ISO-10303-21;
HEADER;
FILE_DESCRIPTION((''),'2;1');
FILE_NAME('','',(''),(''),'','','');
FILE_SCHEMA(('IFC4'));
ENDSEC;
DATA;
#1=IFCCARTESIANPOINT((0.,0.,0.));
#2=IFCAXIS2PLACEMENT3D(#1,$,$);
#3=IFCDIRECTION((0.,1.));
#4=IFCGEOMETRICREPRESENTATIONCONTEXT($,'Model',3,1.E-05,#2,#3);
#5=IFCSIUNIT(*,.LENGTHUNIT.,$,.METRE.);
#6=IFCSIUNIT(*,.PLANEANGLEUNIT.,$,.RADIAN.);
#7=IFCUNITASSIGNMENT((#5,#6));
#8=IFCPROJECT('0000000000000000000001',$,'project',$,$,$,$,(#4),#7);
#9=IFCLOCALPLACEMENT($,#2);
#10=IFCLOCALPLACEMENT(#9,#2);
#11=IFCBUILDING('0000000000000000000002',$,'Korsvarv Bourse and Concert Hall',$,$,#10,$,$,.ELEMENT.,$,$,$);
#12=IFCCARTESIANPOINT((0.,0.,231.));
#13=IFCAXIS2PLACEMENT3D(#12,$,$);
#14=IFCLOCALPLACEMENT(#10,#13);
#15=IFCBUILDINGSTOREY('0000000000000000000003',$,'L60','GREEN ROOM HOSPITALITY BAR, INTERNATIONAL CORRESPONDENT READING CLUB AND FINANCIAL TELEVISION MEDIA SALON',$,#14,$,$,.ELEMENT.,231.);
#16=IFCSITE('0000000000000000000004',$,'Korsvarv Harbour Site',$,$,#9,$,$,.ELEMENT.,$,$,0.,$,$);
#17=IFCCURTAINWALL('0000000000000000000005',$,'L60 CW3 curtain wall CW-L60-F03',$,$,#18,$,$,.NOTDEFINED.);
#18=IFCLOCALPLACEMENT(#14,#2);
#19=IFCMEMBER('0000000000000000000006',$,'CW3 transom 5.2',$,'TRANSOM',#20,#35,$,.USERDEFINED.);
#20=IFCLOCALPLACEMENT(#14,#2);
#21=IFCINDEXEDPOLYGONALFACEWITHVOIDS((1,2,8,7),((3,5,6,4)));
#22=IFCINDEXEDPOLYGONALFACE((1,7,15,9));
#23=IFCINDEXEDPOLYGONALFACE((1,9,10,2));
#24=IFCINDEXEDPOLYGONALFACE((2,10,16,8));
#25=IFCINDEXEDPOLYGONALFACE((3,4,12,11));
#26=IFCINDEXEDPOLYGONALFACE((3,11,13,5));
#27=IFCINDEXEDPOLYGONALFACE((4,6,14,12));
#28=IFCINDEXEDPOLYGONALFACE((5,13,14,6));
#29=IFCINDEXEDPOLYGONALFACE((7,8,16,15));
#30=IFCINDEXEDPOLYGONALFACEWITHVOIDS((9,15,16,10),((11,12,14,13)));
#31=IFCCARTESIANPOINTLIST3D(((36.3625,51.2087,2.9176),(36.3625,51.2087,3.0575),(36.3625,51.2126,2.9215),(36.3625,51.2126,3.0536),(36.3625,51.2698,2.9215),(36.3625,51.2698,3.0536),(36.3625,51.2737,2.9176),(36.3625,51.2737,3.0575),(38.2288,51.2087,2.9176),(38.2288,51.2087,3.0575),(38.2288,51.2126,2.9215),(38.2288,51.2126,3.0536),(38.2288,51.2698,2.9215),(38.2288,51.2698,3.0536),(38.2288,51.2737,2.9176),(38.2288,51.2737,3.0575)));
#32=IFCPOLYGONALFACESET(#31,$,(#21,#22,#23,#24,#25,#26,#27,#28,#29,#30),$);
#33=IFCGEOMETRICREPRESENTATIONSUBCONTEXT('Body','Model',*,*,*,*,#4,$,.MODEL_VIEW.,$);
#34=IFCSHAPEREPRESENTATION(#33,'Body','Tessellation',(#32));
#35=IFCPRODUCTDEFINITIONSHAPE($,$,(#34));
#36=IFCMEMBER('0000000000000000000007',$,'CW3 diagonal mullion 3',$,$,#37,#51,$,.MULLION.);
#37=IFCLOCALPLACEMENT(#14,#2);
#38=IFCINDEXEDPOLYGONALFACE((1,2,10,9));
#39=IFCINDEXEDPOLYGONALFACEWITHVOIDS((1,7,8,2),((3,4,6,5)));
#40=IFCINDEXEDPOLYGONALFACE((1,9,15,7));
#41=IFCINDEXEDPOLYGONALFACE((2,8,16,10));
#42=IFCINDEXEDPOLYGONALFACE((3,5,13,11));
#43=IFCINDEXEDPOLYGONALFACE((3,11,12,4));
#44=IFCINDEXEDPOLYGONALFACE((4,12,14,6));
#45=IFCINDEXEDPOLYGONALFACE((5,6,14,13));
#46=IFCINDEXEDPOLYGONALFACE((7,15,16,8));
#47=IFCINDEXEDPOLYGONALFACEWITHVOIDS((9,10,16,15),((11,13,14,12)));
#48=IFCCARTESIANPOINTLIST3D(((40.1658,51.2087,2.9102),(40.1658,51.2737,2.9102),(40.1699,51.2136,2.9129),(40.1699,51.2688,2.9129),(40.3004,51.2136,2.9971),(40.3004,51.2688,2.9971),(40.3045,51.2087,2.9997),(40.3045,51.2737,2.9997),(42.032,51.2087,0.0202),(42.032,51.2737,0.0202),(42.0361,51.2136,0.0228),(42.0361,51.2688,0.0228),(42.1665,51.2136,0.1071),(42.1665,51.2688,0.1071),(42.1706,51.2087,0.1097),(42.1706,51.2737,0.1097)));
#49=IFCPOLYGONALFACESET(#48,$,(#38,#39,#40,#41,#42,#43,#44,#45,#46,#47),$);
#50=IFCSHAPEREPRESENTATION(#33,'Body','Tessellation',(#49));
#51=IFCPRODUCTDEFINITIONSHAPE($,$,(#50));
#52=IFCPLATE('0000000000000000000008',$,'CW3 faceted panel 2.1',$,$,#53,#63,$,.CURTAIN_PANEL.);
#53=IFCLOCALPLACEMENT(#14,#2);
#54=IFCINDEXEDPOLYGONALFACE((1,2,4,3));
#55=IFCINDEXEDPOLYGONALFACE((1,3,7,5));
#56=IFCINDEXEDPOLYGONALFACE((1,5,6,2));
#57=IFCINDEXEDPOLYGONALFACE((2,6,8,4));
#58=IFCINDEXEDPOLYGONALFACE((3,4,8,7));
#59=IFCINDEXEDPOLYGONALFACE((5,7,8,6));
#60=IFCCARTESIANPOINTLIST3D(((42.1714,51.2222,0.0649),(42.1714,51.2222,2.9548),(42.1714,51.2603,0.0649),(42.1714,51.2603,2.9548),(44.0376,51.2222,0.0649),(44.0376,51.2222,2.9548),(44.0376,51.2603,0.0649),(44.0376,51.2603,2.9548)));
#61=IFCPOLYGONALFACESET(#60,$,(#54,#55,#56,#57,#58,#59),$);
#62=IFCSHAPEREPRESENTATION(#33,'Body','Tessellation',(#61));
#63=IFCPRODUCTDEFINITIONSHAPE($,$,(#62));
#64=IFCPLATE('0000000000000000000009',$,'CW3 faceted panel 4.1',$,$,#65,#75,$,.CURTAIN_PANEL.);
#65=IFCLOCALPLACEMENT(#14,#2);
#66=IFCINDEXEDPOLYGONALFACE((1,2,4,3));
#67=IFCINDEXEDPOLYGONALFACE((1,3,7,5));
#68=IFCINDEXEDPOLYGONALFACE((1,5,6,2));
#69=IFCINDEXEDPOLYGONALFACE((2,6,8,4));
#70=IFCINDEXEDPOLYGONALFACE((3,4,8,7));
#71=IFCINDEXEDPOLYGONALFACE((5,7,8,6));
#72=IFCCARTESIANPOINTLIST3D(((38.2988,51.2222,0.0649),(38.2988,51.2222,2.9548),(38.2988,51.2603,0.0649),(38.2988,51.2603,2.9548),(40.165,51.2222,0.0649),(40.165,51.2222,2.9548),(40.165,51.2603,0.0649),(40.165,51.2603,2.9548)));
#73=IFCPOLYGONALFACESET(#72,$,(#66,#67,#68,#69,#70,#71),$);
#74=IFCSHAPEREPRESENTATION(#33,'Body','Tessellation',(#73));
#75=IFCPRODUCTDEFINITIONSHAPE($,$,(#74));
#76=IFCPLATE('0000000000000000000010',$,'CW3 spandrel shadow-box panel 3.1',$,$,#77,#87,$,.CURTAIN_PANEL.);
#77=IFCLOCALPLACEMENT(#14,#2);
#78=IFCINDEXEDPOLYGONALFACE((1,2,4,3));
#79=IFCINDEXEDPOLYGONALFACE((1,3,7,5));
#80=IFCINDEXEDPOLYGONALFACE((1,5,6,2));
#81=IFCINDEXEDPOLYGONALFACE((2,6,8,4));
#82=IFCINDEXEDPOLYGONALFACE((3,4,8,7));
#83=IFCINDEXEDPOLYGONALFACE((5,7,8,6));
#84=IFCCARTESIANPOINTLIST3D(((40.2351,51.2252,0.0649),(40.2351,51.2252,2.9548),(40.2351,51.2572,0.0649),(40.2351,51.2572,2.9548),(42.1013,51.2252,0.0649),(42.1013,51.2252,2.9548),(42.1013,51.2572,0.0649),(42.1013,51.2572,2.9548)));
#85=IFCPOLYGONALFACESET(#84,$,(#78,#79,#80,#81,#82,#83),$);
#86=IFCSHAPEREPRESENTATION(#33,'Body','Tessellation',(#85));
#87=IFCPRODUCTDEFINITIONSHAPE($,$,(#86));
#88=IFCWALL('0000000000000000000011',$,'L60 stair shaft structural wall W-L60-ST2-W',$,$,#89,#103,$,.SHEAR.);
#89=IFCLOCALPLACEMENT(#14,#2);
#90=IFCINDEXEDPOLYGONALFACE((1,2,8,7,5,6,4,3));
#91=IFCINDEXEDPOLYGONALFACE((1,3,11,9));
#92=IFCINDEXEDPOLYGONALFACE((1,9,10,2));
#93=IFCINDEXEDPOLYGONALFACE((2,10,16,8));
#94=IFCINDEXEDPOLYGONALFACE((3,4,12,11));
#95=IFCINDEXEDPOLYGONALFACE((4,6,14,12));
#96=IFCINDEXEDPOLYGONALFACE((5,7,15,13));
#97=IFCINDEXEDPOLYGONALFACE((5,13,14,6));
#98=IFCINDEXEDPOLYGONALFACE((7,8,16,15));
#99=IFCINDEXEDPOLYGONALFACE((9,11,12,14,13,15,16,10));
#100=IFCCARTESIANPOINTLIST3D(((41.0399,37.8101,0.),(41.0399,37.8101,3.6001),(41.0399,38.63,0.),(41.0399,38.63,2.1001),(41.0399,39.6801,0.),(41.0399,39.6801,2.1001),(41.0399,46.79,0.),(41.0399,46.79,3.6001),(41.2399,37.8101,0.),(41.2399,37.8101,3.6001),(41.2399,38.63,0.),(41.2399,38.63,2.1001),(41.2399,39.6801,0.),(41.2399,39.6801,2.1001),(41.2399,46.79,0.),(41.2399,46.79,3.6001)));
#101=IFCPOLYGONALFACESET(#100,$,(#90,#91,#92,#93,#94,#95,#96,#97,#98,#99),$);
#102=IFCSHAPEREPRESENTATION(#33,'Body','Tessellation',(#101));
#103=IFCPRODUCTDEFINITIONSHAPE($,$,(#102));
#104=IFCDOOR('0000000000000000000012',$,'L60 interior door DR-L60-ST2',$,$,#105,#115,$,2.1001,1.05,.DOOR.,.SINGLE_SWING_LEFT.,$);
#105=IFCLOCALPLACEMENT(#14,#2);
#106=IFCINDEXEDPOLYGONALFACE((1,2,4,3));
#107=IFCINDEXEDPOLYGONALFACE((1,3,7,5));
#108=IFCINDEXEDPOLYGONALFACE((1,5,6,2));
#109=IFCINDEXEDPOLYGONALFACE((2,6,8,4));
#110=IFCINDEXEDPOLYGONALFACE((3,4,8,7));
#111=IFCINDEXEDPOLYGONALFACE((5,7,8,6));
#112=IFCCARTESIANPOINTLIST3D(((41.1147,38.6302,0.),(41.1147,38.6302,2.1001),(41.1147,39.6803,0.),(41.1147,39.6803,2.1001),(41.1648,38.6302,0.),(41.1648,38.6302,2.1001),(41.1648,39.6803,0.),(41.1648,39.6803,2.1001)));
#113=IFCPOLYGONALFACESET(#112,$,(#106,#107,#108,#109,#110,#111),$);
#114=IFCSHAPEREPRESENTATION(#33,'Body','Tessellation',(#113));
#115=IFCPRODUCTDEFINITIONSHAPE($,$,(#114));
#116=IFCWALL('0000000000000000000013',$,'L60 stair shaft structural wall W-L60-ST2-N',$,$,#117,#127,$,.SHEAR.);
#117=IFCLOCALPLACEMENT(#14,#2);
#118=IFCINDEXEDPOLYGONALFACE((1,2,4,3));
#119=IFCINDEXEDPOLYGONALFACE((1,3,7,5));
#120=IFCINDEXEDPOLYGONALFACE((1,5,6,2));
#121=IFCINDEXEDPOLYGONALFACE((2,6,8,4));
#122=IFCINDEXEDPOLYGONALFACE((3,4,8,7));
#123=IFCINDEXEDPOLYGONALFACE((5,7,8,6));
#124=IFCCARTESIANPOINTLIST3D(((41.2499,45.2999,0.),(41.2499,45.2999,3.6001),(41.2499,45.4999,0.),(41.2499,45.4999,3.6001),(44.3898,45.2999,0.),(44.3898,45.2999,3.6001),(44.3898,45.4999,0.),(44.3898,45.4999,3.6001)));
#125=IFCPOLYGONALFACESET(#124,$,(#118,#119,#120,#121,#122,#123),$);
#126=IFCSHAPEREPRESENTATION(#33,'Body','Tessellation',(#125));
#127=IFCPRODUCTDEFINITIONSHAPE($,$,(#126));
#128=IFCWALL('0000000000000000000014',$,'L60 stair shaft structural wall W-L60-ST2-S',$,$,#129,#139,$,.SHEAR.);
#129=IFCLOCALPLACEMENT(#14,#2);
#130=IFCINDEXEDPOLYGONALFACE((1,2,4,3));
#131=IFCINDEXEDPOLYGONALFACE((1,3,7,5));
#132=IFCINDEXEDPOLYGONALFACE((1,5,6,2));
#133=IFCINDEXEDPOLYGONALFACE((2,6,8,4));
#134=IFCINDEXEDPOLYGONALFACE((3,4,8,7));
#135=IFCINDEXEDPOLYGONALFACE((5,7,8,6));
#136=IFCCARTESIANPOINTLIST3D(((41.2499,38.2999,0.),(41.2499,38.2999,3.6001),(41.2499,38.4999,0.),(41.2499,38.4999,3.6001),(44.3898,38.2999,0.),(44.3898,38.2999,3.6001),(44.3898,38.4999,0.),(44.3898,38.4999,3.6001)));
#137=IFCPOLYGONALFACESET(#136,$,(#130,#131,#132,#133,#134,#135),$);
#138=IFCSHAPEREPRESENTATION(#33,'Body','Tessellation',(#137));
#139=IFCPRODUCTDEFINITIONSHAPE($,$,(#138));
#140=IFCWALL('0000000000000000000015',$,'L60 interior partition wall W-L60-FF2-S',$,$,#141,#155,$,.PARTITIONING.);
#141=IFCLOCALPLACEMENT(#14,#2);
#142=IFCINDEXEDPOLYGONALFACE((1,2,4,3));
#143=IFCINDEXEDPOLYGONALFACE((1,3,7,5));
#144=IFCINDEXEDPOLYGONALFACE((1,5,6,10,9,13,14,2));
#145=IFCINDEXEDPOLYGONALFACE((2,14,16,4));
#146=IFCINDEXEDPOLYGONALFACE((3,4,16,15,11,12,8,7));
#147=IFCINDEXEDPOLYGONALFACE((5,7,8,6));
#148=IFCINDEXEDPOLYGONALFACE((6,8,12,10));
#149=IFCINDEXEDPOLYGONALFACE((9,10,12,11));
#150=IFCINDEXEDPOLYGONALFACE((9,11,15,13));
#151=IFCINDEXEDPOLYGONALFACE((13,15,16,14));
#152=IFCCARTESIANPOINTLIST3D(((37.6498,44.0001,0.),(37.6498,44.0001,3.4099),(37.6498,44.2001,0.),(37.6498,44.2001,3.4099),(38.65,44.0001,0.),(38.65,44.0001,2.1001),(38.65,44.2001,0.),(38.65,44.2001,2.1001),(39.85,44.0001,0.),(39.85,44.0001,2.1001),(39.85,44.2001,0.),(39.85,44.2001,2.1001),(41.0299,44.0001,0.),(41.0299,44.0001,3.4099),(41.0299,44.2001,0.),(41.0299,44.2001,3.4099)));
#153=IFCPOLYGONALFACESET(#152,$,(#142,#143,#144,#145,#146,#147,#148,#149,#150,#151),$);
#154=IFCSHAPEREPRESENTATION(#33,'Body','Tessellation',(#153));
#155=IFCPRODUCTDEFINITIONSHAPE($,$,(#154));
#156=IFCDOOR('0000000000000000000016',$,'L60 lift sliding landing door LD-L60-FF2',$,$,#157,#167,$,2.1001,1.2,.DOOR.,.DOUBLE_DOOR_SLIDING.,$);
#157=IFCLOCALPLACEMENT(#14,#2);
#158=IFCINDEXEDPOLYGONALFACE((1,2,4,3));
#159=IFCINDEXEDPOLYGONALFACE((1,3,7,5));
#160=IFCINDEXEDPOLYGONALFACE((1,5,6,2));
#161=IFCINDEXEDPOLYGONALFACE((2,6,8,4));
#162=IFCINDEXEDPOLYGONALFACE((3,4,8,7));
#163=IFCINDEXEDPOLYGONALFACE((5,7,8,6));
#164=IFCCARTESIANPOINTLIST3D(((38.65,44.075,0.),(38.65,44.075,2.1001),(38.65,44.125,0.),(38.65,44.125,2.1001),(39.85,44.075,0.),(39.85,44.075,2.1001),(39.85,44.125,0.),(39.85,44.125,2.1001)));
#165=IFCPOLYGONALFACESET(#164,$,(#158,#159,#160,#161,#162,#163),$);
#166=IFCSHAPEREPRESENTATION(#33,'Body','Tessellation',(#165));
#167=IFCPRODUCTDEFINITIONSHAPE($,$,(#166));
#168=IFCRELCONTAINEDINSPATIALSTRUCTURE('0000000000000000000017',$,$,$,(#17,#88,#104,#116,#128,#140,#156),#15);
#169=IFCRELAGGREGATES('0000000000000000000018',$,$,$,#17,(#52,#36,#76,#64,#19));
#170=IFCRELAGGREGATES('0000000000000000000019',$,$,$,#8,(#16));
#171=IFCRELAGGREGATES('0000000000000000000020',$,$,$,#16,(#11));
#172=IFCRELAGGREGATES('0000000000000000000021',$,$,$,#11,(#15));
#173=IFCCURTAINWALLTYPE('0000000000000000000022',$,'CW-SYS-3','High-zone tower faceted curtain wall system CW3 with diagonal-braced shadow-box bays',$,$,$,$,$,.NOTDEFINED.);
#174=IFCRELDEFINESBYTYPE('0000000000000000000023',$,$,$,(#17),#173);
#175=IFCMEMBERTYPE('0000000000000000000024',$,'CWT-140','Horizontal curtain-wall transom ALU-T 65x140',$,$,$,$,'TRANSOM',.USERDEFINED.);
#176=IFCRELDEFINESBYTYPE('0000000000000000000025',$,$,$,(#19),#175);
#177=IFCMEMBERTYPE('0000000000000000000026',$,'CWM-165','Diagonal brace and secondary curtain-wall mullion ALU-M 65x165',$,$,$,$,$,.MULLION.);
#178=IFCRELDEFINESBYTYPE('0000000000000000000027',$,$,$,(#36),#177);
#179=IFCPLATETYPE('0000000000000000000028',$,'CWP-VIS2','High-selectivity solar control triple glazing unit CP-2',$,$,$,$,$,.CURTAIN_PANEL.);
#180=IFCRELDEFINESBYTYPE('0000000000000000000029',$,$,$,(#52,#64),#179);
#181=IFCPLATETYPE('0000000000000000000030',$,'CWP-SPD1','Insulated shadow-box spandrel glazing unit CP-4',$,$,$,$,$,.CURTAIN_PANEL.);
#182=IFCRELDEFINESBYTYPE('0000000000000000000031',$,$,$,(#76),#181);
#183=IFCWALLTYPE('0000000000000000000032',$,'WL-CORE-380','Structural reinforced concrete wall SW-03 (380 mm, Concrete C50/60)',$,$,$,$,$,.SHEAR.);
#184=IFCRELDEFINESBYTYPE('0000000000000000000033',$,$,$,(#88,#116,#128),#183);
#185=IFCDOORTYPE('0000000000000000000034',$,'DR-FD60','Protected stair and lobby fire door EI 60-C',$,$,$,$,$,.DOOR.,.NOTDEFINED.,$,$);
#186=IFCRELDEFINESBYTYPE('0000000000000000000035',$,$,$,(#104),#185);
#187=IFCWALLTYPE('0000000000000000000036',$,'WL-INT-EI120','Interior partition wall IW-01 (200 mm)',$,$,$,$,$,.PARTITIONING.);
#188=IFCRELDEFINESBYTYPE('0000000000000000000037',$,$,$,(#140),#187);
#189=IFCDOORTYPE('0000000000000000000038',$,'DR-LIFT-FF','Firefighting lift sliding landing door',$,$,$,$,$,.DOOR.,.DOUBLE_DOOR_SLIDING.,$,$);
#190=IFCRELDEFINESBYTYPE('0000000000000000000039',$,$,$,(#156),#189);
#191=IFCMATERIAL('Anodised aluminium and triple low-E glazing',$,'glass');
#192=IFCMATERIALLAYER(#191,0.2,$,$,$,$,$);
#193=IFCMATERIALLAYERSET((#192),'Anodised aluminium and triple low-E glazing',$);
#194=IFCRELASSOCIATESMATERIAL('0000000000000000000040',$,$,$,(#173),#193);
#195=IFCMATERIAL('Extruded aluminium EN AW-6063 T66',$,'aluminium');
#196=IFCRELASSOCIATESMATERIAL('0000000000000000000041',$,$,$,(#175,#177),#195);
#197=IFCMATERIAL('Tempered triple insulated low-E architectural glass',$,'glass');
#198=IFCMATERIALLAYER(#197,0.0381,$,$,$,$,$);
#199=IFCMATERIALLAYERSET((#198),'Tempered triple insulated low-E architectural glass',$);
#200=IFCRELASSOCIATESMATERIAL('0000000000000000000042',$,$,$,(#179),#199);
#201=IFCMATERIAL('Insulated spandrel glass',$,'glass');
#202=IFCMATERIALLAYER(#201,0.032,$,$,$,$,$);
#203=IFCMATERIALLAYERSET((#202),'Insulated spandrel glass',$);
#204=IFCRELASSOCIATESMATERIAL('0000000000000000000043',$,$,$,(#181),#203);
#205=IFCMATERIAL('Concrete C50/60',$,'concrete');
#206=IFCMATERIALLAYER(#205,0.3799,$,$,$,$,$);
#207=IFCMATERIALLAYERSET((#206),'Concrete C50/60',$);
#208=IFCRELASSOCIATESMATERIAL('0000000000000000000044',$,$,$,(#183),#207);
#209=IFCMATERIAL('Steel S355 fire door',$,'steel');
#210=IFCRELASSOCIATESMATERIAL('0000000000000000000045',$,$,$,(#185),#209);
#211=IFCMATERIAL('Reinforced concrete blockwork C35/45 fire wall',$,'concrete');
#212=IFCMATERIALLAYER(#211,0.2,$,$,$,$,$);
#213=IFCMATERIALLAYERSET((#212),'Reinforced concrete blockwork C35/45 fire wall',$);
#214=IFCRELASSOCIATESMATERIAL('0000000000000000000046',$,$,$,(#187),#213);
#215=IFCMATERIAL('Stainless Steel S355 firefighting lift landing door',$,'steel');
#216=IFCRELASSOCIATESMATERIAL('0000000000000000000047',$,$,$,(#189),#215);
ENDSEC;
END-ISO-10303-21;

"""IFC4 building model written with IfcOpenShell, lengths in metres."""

from ifc_helpers import new_model, si_unit, direction, frame, frame_2d, origin, origin_2d, place, context, subcontext, project, spatial, rectangle, hollow_rectangle, extrude, source, transform, mapped, material, layer, layer_set, material_profile, profile_set, type_object, element, fill, aggregate, save


model = new_model("IFC4")

# Units and contexts
model_context = context("Model", 3, precision=1e-05, world=origin(), true_north=direction((0.0, 1.0)))
body_context = subcontext(model_context, "Body", "Model", "MODEL_VIEW")
ifc_project = project(units=[si_unit("LENGTHUNIT", "METRE"), si_unit("PLANEANGLEUNIT", "RADIAN")], contexts=[model_context])

# Site, building, storey
site_placement = place(None, origin())
site = spatial("IfcSite", under=ifc_project, at=site_placement, Name="Korsvarv Harbour Site", CompositionType="ELEMENT", RefElevation=0.0)
building_placement = place(site_placement, origin())
building = spatial("IfcBuilding", under=site, at=building_placement, Name="Korsvarv Bourse and Concert Hall", CompositionType="ELEMENT")
storey_placement = place(building_placement, frame((0.0, 0.0, 231.0)))
storey = spatial("IfcBuildingStorey", under=building, at=storey_placement, Name="L60", Description="GREEN ROOM HOSPITALITY BAR, INTERNATIONAL CORRESPONDENT READING CLUB AND FINANCIAL TELEVISION MEDIA SALON", CompositionType="ELEMENT", Elevation=231.0)

# Curtain wall, members, plates
ifc_material_1 = material(Name="Anodised aluminium and triple low-E glazing", Category="glass")
ifc_layer_1 = layer(ifc_material_1, 0.2)
ifc_layer_set_1 = layer_set([ifc_layer_1], Name="Anodised aluminium and triple low-E glazing")
curtain_wall_type = type_object("IfcCurtainWallType", Name="CW-SYS-3", Description="High-zone tower faceted curtain wall system CW3 with diagonal-braced shadow-box bays", PredefinedType="NOTDEFINED", material=ifc_layer_set_1)
curtain_wall_placement = place(storey_placement, origin())
curtain_wall = element("IfcCurtainWall", 1, at=curtain_wall_placement, inside=storey, type_object=curtain_wall_type, Name="L60 CW3 curtain wall CW-L60-F03", PredefinedType="NOTDEFINED")
ifc_material_2 = material(Name="Extruded aluminium EN AW-6063 T66", Category="aluminium")
ifc_material_profile_1 = material_profile(ifc_material_2, hollow_rectangle(XDim=0.0649, YDim=0.1399, WallThickness=0.0039, at=origin_2d()), Name="ALU-T 65x140")
ifc_profile_set_1 = profile_set([ifc_material_profile_1], Name="Extruded aluminium EN AW-6063 T66")
member_type_1 = type_object("IfcMemberType", Name="CWT-140", Description="Horizontal curtain-wall transom ALU-T 65x140", ElementType="TRANSOM", PredefinedType="USERDEFINED", material=ifc_profile_set_1)
shared_shape_1 = source(origin(), body_context, "Body", "SweptSolid", [
    extrude(hollow_rectangle(XDim=0.0649, YDim=0.1399, WallThickness=0.0039, at=origin_2d()), origin(), (0.0, 0.0, 1.0), 1.8662),
])
member_1_placement = place(storey_placement, frame((38.2288, 51.2412, 2.9875), z_axis=(-1.0, 0.0, 0.0), x_axis=(0.0, -1.0, 0.0)))
member_1 = element("IfcMember", 2, at=member_1_placement, type_object=member_type_1, Name="CW3 transom 5.2", ObjectType="TRANSOM", PredefinedType="USERDEFINED", context=body_context, shape_type="MappedRepresentation", body=[
    mapped(shared_shape_1, transform((0.0, 0.0, 0.0), scale=1.0)),
])
ifc_material_profile_2 = material_profile(ifc_material_2, hollow_rectangle(XDim=0.0649, YDim=0.165, WallThickness=0.0049, at=origin_2d()), Name="ALU-M 65x165")
ifc_profile_set_2 = profile_set([ifc_material_profile_2], Name="Extruded aluminium EN AW-6063 T66")
member_type_2 = type_object("IfcMemberType", Name="CWM-165", Description="Diagonal brace and secondary curtain-wall mullion ALU-M 65x165", PredefinedType="MULLION", material=ifc_profile_set_2)
shared_shape_2 = source(origin(), body_context, "Body", "SweptSolid", [
    extrude(hollow_rectangle(XDim=0.0649, YDim=0.165, WallThickness=0.0049, at=origin_2d()), origin(), (0.0, 0.0, 1.0), 3.4402),
])
member_2_placement = place(storey_placement, frame((42.1013, 51.2412, 0.0649), z_axis=(-0.542457, 0.0, 0.840084), x_axis=(0.0, -1.0, 0.0)))
member_2 = element("IfcMember", 3, at=member_2_placement, type_object=member_type_2, Name="CW3 diagonal mullion 3", PredefinedType="MULLION", context=body_context, shape_type="MappedRepresentation", body=[
    mapped(shared_shape_2, transform((0.0, 0.0, 0.0), scale=1.0)),
])
ifc_material_3 = material(Name="Tempered triple insulated low-E architectural glass", Category="glass")
ifc_layer_2 = layer(ifc_material_3, 0.0381)
ifc_layer_set_2 = layer_set([ifc_layer_2], Name="Tempered triple insulated low-E architectural glass")
plate_type_1 = type_object("IfcPlateType", Name="CWP-VIS2", Description="High-selectivity solar control triple glazing unit CP-2", PredefinedType="CURTAIN_PANEL", material=ifc_layer_set_2)
shared_shape_3 = source(origin(), body_context, "Body", "SweptSolid", [
    extrude(rectangle(XDim=1.8662, YDim=0.0381, at=origin_2d()), origin(), (0.0, 0.0, 1.0), 2.8899),
])
plate_1_placement = place(storey_placement, frame((43.1045, 51.2412, 0.0649), z_axis=(0.0, 0.0, 1.0), x_axis=(-1.0, 0.0, 0.0)))
plate_1 = element("IfcPlate", 4, at=plate_1_placement, type_object=plate_type_1, Name="CW3 faceted panel 2.1", PredefinedType="CURTAIN_PANEL", context=body_context, shape_type="MappedRepresentation", body=[
    mapped(shared_shape_3, transform((0.0, 0.0, 0.0), scale=1.0)),
])
plate_2_placement = place(storey_placement, frame((39.2319, 51.2412, 0.0649), z_axis=(0.0, 0.0, 1.0), x_axis=(-1.0, 0.0, 0.0)))
plate_2 = element("IfcPlate", 5, at=plate_2_placement, type_object=plate_type_1, Name="CW3 faceted panel 4.1", PredefinedType="CURTAIN_PANEL", context=body_context, shape_type="MappedRepresentation", body=[
    mapped(shared_shape_3, transform((0.0, 0.0, 0.0), scale=1.0)),
])
ifc_material_4 = material(Name="Insulated spandrel glass", Category="glass")
ifc_layer_3 = layer(ifc_material_4, 0.032)
ifc_layer_set_3 = layer_set([ifc_layer_3], Name="Insulated spandrel glass")
plate_type_2 = type_object("IfcPlateType", Name="CWP-SPD1", Description="Insulated shadow-box spandrel glazing unit CP-4", PredefinedType="CURTAIN_PANEL", material=ifc_layer_set_3)
shared_shape_4 = source(origin(), body_context, "Body", "SweptSolid", [
    extrude(rectangle(XDim=1.8662, YDim=0.032, at=origin_2d()), origin(), (0.0, 0.0, 1.0), 2.8899),
])
plate_3_placement = place(storey_placement, frame((41.1682, 51.2412, 0.0649), z_axis=(0.0, 0.0, 1.0), x_axis=(-1.0, 0.0, 0.0)))
plate_3 = element("IfcPlate", 6, at=plate_3_placement, type_object=plate_type_2, Name="CW3 spandrel shadow-box panel 3.1", PredefinedType="CURTAIN_PANEL", context=body_context, shape_type="MappedRepresentation", body=[
    mapped(shared_shape_4, transform((0.0, 0.0, 0.0), scale=1.0)),
])
aggregate(curtain_wall, [plate_1, member_2, plate_3, plate_2, member_1])

# Wall, opening, door
ifc_material_5 = material(Name="Concrete C50/60", Category="concrete")
ifc_layer_4 = layer(ifc_material_5, 0.3799)
ifc_layer_set_4 = layer_set([ifc_layer_4], Name="Concrete C50/60")
wall_type_1 = type_object("IfcWallType", Name="WL-CORE-380", Description="Structural reinforced concrete wall SW-03 (380 mm, Concrete C50/60)", PredefinedType="SHEAR", material=ifc_layer_set_4)
wall_1_placement = place(storey_placement, frame((41.1399, 37.8101, 0.0), z_axis=(0.0, 0.0, 1.0), x_axis=(0.0, 1.0, 0.0)))
wall_1 = element("IfcWall", 7, at=wall_1_placement, inside=storey, type_object=wall_type_1, Name="L60 stair shaft structural wall W-L60-ST2-W", PredefinedType="SHEAR", context=body_context, shape_type="SweptSolid", body=[
    extrude(rectangle(XDim=8.98, YDim=0.2, at=frame_2d((4.49, 0.0))), origin(), (0.0, 0.0, 1.0), 3.6001),
])
opening_1_placement = place(wall_1_placement, frame((0.8201, 0.0, 0.0)))
opening_1 = element("IfcOpeningElement", 8, at=opening_1_placement, cuts=wall_1, PredefinedType="OPENING", context=body_context, shape_type="SweptSolid", body=[
    extrude(rectangle(XDim=1.05, YDim=2.1001, at=frame_2d((0.5249, 1.05))), frame((0.0, 0.1099, 0.0), z_axis=(0.0, -1.0, 0.0), x_axis=(1.0, 0.0, 0.0)), (0.0, 0.0, 1.0), 0.22),
])
ifc_material_6 = material(Name="Steel S355 fire door", Category="steel")
door_type_1 = type_object("IfcDoorType", Name="DR-FD60", Description="Protected stair and lobby fire door EI 60-C", OperationType="NOTDEFINED", PredefinedType="DOOR", material=ifc_material_6)
door_1_placement = place(opening_1_placement, frame((1.05, 0.0, 0.0), z_axis=(0.0, 0.0, 1.0), x_axis=(-1.0, 0.0, 0.0)))
door_1 = element("IfcDoor", 9, at=door_1_placement, inside=storey, type_object=door_type_1, Name="L60 interior door DR-L60-ST2", OperationType="SINGLE_SWING_LEFT", OverallHeight=2.1001, OverallWidth=1.05, PredefinedType="DOOR", context=body_context, shape_type="SweptSolid", body=[
    extrude(rectangle(XDim=1.05, YDim=2.1001, at=frame_2d((0.5249, 1.05))), frame((0.0, 0.0249, 0.0), z_axis=(0.0, -1.0, 0.0), x_axis=(1.0, 0.0, 0.0)), (0.0, 0.0, 1.0), 0.05),
])
fill(opening_1, door_1)

# Walls
for number, where, z_axis, x_axis, name in (
    (10, (41.25, 45.3999, 0.0), (0.0, 0.0, 1.0), (1.0, 0.0, 0.0), "L60 stair shaft structural wall W-L60-ST2-N"),
    (11, (41.25, 38.3999, 0.0), (0.0, 0.0, 1.0), (1.0, 0.0, 0.0), "L60 stair shaft structural wall W-L60-ST2-S"),
):
    element("IfcWall", number, at=place(storey_placement, frame(where, z_axis=z_axis, x_axis=x_axis)), inside=storey, type_object=wall_type_1, Name=name, PredefinedType="SHEAR", context=body_context, shape_type="SweptSolid", body=[
        extrude(rectangle(XDim=3.1399, YDim=0.2, at=frame_2d((1.5698, 0.0))), origin(), (0.0, 0.0, 1.0), 3.6001),
    ])

# Wall, opening, door
ifc_material_7 = material(Name="Reinforced concrete blockwork C35/45 fire wall", Category="concrete")
ifc_layer_5 = layer(ifc_material_7, 0.2)
ifc_layer_set_5 = layer_set([ifc_layer_5], Name="Reinforced concrete blockwork C35/45 fire wall")
wall_type_2 = type_object("IfcWallType", Name="WL-INT-EI120", Description="Interior partition wall IW-01 (200 mm)", PredefinedType="PARTITIONING", material=ifc_layer_set_5)
wall_2_placement = place(storey_placement, frame((37.6499, 44.1001, 0.0), z_axis=(0.0, 0.0, 1.0), x_axis=(1.0, 0.0, 0.0)))
wall_2 = element("IfcWall", 12, at=wall_2_placement, inside=storey, type_object=wall_type_2, Name="L60 interior partition wall W-L60-FF2-S", PredefinedType="PARTITIONING", context=body_context, shape_type="SweptSolid", body=[
    extrude(rectangle(XDim=3.3801, YDim=0.2, at=frame_2d((1.6899, 0.0))), origin(), (0.0, 0.0, 1.0), 3.4099),
])
opening_2_placement = place(wall_2_placement, frame((1.0, 0.0, 0.0)))
opening_2 = element("IfcOpeningElement", 13, at=opening_2_placement, cuts=wall_2, PredefinedType="OPENING", context=body_context, shape_type="SweptSolid", body=[
    extrude(rectangle(XDim=1.2, YDim=2.1001, at=frame_2d((0.6001, 1.05))), frame((0.0, 0.1099, 0.0), z_axis=(0.0, -1.0, 0.0), x_axis=(1.0, 0.0, 0.0)), (0.0, 0.0, 1.0), 0.22),
])
ifc_material_8 = material(Name="Stainless Steel S355 firefighting lift landing door", Category="steel")
door_type_2 = type_object("IfcDoorType", Name="DR-LIFT-FF", Description="Firefighting lift sliding landing door", OperationType="DOUBLE_DOOR_SLIDING", PredefinedType="DOOR", material=ifc_material_8)
door_2_placement = place(opening_2_placement, origin())
door_2 = element("IfcDoor", 14, at=door_2_placement, inside=storey, type_object=door_type_2, Name="L60 lift sliding landing door LD-L60-FF2", OperationType="DOUBLE_DOOR_SLIDING", OverallHeight=2.1001, OverallWidth=1.2, PredefinedType="DOOR", context=body_context, shape_type="SweptSolid", body=[
    extrude(rectangle(XDim=1.2, YDim=2.1001, at=frame_2d((0.6001, 1.05))), frame((0.0, 0.0249, 0.0), z_axis=(0.0, -1.0, 0.0), x_axis=(1.0, 0.0, 0.0)), (0.0, 0.0, 1.0), 0.05),
])
fill(opening_2, door_2)

save(model, "model.ifc")
